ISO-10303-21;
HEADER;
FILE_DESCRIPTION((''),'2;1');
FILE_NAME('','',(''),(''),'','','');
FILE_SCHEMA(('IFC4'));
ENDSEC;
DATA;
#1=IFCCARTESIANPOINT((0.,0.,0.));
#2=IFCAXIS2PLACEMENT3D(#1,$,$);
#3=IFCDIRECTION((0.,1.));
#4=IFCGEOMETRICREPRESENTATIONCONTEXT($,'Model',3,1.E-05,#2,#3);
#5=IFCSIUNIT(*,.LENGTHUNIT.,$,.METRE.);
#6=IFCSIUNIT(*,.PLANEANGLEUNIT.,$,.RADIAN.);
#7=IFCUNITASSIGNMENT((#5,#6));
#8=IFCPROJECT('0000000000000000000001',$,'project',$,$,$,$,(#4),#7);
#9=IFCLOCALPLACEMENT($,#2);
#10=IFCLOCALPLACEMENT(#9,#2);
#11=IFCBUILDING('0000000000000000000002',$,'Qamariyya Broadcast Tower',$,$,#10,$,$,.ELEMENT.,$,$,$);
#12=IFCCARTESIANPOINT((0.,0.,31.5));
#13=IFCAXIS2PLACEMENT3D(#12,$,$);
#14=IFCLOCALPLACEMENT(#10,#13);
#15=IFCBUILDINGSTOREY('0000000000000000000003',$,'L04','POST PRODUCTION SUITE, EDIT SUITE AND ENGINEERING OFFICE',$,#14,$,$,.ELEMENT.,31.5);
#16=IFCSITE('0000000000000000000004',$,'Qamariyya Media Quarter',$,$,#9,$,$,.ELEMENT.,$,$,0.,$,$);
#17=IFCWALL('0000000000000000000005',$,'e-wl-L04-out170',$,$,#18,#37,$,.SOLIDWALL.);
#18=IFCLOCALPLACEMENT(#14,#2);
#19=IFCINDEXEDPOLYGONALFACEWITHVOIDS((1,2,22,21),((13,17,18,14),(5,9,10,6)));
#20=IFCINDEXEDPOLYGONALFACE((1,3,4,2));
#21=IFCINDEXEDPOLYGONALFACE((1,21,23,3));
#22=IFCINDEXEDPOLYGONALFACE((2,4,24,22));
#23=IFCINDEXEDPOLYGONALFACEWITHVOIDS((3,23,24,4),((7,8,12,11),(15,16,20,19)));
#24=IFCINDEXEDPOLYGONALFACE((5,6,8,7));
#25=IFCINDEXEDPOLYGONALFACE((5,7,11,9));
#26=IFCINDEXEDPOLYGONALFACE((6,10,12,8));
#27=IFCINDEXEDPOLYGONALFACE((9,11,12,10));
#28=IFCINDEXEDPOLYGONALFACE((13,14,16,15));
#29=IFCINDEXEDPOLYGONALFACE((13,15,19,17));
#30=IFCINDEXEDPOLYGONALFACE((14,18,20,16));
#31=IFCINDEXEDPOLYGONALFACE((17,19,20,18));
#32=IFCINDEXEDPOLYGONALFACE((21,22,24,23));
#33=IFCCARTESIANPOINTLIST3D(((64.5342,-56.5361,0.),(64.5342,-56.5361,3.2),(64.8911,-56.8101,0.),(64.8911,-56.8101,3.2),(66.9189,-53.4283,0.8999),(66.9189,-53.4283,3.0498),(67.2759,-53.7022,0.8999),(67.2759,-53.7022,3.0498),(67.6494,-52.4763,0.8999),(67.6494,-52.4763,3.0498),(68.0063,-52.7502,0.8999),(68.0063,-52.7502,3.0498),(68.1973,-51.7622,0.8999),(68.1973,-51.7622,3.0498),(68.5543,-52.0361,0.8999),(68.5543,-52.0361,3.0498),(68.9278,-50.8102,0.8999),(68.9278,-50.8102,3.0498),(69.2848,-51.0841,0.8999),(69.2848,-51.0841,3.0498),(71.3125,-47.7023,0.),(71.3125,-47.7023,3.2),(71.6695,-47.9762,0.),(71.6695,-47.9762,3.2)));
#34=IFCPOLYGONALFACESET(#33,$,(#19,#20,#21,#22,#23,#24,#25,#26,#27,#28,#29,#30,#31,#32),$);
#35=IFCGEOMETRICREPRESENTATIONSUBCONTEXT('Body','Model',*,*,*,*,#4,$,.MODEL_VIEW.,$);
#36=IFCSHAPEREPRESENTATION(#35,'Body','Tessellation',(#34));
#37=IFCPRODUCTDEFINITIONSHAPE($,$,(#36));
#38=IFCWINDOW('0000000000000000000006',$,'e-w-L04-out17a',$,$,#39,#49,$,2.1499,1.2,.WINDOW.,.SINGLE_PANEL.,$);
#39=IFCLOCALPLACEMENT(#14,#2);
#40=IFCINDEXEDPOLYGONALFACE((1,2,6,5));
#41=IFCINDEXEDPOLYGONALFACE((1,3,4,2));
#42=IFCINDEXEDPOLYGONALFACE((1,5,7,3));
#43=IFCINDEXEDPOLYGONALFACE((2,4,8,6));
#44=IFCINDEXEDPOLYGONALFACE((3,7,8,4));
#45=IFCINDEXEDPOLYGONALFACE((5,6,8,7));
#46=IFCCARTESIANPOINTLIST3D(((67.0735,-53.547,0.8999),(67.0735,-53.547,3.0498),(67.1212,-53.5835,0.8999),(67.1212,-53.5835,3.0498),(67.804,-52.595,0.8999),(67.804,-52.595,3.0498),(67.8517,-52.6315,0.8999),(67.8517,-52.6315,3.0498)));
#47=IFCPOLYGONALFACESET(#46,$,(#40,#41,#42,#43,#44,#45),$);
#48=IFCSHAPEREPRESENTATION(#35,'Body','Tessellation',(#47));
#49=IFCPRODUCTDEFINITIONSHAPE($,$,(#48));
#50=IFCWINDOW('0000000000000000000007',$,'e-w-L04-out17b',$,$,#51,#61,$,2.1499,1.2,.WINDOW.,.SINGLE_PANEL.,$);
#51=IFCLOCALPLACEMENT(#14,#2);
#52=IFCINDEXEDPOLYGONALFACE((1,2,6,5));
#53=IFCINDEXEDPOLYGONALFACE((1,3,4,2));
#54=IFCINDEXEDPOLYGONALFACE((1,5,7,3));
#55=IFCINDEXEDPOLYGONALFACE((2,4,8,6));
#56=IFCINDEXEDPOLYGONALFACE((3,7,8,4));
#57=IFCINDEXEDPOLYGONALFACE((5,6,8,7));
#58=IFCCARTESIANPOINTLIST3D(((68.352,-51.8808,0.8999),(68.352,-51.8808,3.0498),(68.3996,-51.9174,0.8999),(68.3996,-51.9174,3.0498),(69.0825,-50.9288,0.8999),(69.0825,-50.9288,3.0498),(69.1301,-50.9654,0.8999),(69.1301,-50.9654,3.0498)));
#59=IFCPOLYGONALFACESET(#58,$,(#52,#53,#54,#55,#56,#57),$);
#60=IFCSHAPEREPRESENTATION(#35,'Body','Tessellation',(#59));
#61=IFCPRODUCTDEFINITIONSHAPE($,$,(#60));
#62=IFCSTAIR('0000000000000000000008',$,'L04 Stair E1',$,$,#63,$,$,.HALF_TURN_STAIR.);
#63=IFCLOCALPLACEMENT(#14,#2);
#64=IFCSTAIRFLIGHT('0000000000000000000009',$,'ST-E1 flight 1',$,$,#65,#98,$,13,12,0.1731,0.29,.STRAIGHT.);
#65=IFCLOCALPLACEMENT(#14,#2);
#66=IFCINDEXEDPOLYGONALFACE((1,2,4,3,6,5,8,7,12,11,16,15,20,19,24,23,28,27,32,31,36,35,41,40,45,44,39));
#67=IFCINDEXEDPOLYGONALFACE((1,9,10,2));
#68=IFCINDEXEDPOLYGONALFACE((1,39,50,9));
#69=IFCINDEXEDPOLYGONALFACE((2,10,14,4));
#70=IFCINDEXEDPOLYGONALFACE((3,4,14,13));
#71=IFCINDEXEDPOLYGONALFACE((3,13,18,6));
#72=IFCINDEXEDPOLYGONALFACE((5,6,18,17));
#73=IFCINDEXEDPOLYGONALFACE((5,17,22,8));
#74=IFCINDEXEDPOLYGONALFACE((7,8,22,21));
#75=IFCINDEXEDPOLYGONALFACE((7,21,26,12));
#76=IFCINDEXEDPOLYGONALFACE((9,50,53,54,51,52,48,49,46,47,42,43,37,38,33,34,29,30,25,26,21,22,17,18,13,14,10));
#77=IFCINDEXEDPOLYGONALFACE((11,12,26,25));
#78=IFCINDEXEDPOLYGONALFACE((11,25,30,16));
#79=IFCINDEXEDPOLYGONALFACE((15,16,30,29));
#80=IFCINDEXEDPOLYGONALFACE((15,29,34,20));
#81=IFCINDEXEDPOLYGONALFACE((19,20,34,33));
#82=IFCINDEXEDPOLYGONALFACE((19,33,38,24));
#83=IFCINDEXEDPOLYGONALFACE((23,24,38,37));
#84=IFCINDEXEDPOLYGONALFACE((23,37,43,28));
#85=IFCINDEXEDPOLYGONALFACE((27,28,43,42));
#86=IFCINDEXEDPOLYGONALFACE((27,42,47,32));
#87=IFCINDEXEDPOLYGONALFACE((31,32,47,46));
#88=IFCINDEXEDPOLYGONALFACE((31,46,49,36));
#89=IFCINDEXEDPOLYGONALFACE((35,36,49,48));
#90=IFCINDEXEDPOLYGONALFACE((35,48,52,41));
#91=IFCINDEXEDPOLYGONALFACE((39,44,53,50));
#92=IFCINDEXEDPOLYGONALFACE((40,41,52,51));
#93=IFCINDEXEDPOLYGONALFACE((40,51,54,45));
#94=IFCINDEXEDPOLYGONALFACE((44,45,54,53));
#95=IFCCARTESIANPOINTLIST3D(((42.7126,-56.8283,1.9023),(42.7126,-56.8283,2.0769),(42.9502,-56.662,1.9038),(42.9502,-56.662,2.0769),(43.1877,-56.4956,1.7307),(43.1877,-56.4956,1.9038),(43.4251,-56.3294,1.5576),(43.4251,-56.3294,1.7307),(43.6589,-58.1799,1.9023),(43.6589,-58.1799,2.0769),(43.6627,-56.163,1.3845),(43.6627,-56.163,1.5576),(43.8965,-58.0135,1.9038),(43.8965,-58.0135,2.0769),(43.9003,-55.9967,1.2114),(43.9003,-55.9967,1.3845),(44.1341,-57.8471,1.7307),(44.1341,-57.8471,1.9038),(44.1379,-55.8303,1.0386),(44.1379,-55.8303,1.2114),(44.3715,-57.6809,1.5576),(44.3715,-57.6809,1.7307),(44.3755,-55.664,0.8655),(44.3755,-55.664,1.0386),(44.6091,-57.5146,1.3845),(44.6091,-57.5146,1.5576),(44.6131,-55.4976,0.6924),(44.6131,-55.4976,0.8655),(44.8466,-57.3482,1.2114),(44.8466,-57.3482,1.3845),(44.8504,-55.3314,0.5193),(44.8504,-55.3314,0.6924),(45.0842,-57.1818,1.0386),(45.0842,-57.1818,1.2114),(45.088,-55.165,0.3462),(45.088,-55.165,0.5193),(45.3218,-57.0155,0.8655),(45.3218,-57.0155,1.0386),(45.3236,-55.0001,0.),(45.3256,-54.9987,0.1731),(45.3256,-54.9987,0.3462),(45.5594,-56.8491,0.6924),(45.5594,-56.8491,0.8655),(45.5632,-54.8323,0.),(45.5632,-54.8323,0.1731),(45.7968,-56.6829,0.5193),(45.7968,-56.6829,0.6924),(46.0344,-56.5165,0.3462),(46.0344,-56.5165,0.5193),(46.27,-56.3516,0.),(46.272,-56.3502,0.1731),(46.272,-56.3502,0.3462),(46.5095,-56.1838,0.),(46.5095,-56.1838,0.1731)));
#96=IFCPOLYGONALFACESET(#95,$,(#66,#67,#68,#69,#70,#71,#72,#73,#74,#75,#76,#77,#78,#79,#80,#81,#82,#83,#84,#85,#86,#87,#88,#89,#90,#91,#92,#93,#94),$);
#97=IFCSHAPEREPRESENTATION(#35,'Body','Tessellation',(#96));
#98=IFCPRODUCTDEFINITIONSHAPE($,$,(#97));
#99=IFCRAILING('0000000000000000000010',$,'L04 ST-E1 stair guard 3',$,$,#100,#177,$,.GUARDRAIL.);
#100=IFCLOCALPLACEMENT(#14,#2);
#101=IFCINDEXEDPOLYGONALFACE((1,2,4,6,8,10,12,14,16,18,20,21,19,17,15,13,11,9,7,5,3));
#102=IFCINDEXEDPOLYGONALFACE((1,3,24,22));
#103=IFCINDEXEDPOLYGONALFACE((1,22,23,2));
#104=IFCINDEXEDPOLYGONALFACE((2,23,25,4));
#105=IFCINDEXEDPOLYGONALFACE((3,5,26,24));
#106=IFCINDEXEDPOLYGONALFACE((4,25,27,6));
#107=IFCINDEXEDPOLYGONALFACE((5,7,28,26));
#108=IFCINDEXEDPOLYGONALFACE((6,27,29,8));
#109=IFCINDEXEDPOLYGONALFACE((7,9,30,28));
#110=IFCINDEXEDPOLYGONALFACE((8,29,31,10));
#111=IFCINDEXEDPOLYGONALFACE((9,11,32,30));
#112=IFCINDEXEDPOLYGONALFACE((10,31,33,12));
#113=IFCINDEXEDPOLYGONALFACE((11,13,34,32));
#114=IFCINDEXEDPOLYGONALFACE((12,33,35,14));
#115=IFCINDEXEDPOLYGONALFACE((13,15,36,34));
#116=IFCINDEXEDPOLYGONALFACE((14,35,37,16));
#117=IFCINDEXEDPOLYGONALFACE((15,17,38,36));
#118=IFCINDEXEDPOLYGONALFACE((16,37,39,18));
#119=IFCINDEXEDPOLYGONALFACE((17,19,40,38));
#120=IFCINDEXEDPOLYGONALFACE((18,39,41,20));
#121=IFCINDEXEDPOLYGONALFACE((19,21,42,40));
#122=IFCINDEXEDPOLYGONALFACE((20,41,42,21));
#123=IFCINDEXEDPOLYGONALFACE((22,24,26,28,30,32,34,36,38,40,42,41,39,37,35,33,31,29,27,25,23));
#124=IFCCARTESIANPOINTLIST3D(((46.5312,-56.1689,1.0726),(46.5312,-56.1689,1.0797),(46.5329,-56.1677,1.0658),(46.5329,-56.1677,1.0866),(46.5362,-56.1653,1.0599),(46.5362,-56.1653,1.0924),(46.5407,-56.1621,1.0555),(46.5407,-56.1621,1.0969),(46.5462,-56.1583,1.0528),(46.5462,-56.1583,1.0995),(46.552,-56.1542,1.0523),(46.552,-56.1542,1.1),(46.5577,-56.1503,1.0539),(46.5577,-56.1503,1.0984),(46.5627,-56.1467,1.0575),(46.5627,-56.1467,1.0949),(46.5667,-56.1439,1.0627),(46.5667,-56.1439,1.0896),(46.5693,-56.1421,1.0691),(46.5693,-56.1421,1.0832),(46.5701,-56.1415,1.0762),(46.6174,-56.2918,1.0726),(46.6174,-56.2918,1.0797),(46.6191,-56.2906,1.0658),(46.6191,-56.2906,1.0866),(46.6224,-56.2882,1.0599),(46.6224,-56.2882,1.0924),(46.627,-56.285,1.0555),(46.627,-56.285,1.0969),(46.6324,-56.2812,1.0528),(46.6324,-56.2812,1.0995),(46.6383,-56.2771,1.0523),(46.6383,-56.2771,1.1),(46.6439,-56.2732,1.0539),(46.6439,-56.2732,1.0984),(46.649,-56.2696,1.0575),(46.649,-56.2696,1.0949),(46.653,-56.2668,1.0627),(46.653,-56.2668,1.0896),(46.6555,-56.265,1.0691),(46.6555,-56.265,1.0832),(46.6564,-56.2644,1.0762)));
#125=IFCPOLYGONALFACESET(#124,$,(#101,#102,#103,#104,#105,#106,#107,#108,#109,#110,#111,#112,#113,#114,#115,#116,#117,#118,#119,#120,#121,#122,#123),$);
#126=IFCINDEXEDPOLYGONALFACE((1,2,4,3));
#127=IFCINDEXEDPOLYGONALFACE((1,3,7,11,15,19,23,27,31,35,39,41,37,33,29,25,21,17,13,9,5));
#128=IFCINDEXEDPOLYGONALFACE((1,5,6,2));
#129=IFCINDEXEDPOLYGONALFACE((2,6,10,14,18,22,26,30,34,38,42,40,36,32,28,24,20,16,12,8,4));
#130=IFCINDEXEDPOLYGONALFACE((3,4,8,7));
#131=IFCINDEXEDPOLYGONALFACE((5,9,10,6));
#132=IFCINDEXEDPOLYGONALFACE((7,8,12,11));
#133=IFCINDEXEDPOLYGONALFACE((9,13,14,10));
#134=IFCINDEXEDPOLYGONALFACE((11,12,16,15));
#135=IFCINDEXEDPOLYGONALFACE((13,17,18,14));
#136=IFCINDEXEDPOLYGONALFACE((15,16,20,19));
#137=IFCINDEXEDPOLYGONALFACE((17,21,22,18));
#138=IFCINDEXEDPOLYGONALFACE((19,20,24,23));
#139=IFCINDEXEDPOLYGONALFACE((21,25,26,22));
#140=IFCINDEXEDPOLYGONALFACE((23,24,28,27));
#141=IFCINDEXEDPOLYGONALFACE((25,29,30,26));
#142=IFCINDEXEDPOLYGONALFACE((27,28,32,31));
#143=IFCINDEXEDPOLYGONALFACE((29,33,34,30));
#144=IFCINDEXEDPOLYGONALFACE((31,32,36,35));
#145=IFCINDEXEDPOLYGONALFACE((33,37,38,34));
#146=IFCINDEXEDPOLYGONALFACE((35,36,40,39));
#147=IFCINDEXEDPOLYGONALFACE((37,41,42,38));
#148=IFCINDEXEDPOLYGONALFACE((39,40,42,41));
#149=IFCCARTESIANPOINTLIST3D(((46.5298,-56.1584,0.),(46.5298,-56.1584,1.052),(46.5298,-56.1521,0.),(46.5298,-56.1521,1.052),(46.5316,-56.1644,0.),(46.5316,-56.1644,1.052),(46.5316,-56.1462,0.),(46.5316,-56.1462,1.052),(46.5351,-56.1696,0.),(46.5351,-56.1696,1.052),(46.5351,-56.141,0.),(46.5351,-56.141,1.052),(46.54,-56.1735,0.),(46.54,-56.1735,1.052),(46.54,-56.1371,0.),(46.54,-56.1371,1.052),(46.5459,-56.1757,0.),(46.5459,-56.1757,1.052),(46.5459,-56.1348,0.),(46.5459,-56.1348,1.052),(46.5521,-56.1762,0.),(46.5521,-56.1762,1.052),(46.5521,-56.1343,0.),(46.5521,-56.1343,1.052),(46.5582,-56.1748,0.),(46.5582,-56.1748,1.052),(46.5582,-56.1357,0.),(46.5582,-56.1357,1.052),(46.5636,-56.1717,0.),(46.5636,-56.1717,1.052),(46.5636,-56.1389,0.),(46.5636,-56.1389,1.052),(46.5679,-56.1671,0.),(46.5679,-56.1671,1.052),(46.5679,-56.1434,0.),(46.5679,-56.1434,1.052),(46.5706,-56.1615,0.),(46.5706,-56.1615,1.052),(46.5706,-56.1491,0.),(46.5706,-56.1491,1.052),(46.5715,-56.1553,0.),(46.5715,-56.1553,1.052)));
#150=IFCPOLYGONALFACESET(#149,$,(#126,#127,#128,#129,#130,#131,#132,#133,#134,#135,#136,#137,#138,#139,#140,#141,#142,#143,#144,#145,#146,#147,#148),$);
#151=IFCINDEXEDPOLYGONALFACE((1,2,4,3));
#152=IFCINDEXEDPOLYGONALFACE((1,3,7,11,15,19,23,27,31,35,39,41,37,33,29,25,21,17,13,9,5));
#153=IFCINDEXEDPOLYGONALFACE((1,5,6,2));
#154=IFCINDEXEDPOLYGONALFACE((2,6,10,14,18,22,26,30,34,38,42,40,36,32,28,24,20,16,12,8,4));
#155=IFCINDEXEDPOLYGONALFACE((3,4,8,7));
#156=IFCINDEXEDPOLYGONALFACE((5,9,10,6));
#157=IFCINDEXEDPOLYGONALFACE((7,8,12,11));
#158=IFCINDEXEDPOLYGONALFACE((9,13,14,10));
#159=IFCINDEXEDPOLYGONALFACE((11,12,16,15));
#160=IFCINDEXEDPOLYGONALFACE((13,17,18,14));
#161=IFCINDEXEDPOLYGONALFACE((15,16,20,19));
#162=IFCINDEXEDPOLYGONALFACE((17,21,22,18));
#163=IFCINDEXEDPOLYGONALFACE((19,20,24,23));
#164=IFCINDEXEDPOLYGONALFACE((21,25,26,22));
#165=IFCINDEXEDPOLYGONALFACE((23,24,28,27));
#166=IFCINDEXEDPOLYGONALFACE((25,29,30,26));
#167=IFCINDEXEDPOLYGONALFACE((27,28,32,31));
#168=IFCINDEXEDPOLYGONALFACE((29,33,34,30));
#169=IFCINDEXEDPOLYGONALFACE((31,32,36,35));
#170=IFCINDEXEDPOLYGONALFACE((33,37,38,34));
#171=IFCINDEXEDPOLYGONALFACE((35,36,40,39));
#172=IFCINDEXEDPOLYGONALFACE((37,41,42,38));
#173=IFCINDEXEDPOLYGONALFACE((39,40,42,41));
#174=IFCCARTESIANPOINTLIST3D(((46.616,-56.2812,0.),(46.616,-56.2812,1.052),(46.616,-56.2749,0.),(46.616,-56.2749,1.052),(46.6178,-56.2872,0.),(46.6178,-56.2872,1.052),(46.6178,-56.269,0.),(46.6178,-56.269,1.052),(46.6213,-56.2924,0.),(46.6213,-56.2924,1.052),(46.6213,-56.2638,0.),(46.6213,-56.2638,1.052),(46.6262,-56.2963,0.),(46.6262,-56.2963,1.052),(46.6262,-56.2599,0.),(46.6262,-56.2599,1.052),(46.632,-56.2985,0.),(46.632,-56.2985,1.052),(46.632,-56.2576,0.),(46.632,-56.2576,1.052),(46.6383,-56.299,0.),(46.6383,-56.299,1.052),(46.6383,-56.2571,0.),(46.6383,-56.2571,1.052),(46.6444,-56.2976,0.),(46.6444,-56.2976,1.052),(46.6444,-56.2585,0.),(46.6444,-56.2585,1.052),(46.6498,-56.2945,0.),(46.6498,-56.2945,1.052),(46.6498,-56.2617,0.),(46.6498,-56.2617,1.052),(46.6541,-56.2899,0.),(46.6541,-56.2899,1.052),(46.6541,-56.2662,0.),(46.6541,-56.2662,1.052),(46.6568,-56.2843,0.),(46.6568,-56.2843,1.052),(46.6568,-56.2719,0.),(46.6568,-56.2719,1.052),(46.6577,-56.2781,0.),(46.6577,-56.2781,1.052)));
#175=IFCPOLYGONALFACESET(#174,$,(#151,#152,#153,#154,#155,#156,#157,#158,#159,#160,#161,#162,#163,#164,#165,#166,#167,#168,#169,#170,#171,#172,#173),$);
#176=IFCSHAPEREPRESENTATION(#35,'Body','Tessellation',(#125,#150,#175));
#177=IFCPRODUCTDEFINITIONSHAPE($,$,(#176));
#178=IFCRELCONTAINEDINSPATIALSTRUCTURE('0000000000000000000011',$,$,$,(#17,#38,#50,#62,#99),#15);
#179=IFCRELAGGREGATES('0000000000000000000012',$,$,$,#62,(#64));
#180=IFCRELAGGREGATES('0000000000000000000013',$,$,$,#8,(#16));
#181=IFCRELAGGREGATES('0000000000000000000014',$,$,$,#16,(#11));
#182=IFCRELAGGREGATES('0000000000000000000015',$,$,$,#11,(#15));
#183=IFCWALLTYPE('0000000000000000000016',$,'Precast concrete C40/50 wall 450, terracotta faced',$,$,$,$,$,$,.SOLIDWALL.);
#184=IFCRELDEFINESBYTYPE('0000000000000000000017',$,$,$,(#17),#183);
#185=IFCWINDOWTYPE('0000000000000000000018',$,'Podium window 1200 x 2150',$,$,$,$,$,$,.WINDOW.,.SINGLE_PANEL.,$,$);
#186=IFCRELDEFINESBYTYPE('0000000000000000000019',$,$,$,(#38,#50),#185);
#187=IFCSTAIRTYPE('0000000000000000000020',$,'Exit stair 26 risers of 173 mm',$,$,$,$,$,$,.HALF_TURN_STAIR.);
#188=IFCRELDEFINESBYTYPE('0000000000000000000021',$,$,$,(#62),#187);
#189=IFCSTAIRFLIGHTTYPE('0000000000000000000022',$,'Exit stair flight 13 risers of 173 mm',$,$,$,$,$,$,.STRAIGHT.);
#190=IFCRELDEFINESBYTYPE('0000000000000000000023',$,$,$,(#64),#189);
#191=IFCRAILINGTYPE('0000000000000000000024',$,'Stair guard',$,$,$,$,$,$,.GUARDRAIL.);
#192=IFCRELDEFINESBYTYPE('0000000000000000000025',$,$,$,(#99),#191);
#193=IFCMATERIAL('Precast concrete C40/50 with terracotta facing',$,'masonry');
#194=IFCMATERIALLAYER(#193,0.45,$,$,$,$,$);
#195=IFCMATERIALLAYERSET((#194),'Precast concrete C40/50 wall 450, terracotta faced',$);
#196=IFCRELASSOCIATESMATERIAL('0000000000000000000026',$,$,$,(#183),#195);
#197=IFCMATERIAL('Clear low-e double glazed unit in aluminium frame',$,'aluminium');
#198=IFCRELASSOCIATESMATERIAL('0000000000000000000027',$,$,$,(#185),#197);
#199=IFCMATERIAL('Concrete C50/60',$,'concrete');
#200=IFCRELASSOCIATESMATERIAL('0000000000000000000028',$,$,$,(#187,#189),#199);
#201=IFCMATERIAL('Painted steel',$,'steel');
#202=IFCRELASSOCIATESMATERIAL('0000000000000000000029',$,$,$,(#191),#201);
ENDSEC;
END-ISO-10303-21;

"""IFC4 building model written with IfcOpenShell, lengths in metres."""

from ifc_helpers import new_model, si_unit, direction, frame, frame_2d, origin, origin_2d, place, context, subcontext, project, spatial, polyline, rectangle, circle, outline, extrude, material, layer, layer_set, type_object, element, fill, aggregate, save


model = new_model("IFC4")

# Units and contexts
model_context = context("Model", 3, precision=1e-05, world=origin(), true_north=direction((0.0, 1.0)))
body_context = subcontext(model_context, "Body", "Model", "MODEL_VIEW")
ifc_project = project(units=[si_unit("LENGTHUNIT", "METRE"), si_unit("PLANEANGLEUNIT", "RADIAN")], contexts=[model_context])

# Site, building, storey
site_placement = place(None, origin())
site = spatial("IfcSite", under=ifc_project, at=site_placement, Name="Qamariyya Media Quarter", CompositionType="ELEMENT", RefElevation=0.0)
building_placement = place(site_placement, origin())
building = spatial("IfcBuilding", under=site, at=building_placement, Name="Qamariyya Broadcast Tower", CompositionType="ELEMENT")
storey_placement = place(building_placement, frame((0.0, 0.0, 31.5)))
storey = spatial("IfcBuildingStorey", under=building, at=storey_placement, Name="L04", Description="POST PRODUCTION SUITE, EDIT SUITE AND ENGINEERING OFFICE", CompositionType="ELEMENT", Elevation=31.5)

# Shared definitions
ifc_material_1 = material(Name="Concrete C50/60", Category="concrete")

# Wall, openings, windows
ifc_material_2 = material(Name="Precast concrete C40/50 with terracotta facing", Category="masonry")
ifc_layer_1 = layer(ifc_material_2, 0.45)
ifc_layer_set_1 = layer_set([ifc_layer_1], Name="Precast concrete C40/50 wall 450, terracotta faced")
wall_type_1 = type_object("IfcWallType", Name="Precast concrete C40/50 wall 450, terracotta faced", PredefinedType="SOLIDWALL", material=ifc_layer_set_1)
wall_1_placement = place(storey_placement, frame((64.7126, -56.6731, 0.0), z_axis=(0.0, 0.0, 1.0), x_axis=(0.608759, 0.793355, 0.0)))
wall_1 = element("IfcWall", 1, at=wall_1_placement, inside=storey, type_object=wall_type_1, Name="e-wl-L04-out170", PredefinedType="SOLIDWALL", context=body_context, shape_type="SweptSolid", body=[
    extrude(rectangle(XDim=11.1348, YDim=0.45, at=frame_2d((5.5674, 0.0))), origin(), (0.0, 0.0, 1.0), 3.2),
])
opening_1_placement = place(wall_1_placement, frame((3.9172, 0.0, 0.8999)))
opening_1 = element("IfcOpeningElement", 2, at=opening_1_placement, cuts=wall_1, PredefinedType="OPENING", context=body_context, shape_type="SweptSolid", body=[
    extrude(rectangle(XDim=1.2, YDim=2.1499, at=frame_2d((0.6001, 1.075))), frame((0.0, 0.2349, 0.0), z_axis=(0.0, -1.0, 0.0), x_axis=(1.0, 0.0, 0.0)), (0.0, 0.0, 1.0), 0.47),
])
opening_2_placement = place(wall_1_placement, frame((6.0173, 0.0, 0.8999)))
opening_2 = element("IfcOpeningElement", 3, at=opening_2_placement, cuts=wall_1, PredefinedType="OPENING", context=body_context, shape_type="SweptSolid", body=[
    extrude(rectangle(XDim=1.2, YDim=2.1499, at=frame_2d((0.6001, 1.075))), frame((0.0, 0.2349, 0.0), z_axis=(0.0, -1.0, 0.0), x_axis=(1.0, 0.0, 0.0)), (0.0, 0.0, 1.0), 0.47),
])
ifc_material_3 = material(Name="Clear low-e double glazed unit in aluminium frame", Category="aluminium")
window_type = type_object("IfcWindowType", Name="Podium window 1200 x 2150", PartitioningType="SINGLE_PANEL", PredefinedType="WINDOW", material=ifc_material_3)
window_1_placement = place(opening_1_placement, origin())
window_1 = element("IfcWindow", 4, at=window_1_placement, inside=storey, type_object=window_type, Name="e-w-L04-out17a", OverallHeight=2.1499, OverallWidth=1.2, PartitioningType="SINGLE_PANEL", PredefinedType="WINDOW", context=body_context, shape_type="SweptSolid", body=[
    extrude(rectangle(XDim=1.2, YDim=2.1499, at=frame_2d((0.6001, 1.075))), frame((0.0, 0.03, 0.0), z_axis=(0.0, -1.0, 0.0), x_axis=(1.0, 0.0, 0.0)), (0.0, 0.0, 1.0), 0.0601),
])
fill(opening_1, window_1)
window_2_placement = place(opening_2_placement, origin())
window_2 = element("IfcWindow", 5, at=window_2_placement, inside=storey, type_object=window_type, Name="e-w-L04-out17b", OverallHeight=2.1499, OverallWidth=1.2, PartitioningType="SINGLE_PANEL", PredefinedType="WINDOW", context=body_context, shape_type="SweptSolid", body=[
    extrude(rectangle(XDim=1.2, YDim=2.1499, at=frame_2d((0.6001, 1.075))), frame((0.0, 0.03, 0.0), z_axis=(0.0, -1.0, 0.0), x_axis=(1.0, 0.0, 0.0)), (0.0, 0.0, 1.0), 0.0601),
])
fill(opening_2, window_2)

# Stair, stair flight
stair_type = type_object("IfcStairType", Name="Exit stair 26 risers of 173 mm", PredefinedType="HALF_TURN_STAIR", material=ifc_material_1)
stair_placement = place(storey_placement, origin())
stair = element("IfcStair", 6, at=stair_placement, inside=storey, type_object=stair_type, Name="L04 Stair E1", PredefinedType="HALF_TURN_STAIR")
stair_flight_type = type_object("IfcStairFlightType", Name="Exit stair flight 13 risers of 173 mm", PredefinedType="STRAIGHT", material=ifc_material_1)
stair_flight_placement = place(storey_placement, frame((46.0364, -55.5081, 0.0), z_axis=(0.0, 0.0, 1.0), x_axis=(-0.819152, -0.573576, 0.0)))
stair_flight = element("IfcStairFlight", 7, at=stair_flight_placement, type_object=stair_flight_type, Name="ST-E1 flight 1", NumberOfRisers=13, NumberOfTreads=12, PredefinedType="STRAIGHT", RiserHeight=0.1731, TreadLength=0.29, context=body_context, shape_type="SweptSolid", body=[
    extrude(outline(polyline([(0.0, 0.0), (0.0, 0.1731), (0.29, 0.1731), (0.29, 0.3462), (0.5801, 0.3462), (0.5801, 0.5193), (0.8701, 0.5193), (0.8701, 0.6924), (1.1599, 0.6924), (1.1599, 0.8655), (1.45, 0.8655), (1.45, 1.0386), (1.74, 1.0386), (1.74, 1.2114), (2.03, 1.2114), (2.03, 1.3845), (2.3201, 1.3845), (2.3201, 1.5576), (2.6101, 1.5576), (2.6101, 1.7307), (2.8999, 1.7307), (2.8999, 1.9038), (3.1899, 1.9038), (3.1899, 2.0769), (3.48, 2.0769), (3.48, 2.25), (3.48, 1.9023), (0.2925, 0.0), (0.0, 0.0)])), frame((0.0, 0.825, 0.0), z_axis=(0.0, -1.0, 0.0), x_axis=(1.0, 0.0, 0.0)), (0.0, 0.0, 1.0), 1.6499),
])
aggregate(stair, [stair_flight])

# Railing
ifc_material_4 = material(Name="Painted steel", Category="steel")
railing_type_1 = type_object("IfcRailingType", Name="Stair guard", PredefinedType="GUARDRAIL", material=ifc_material_4)
railing_1_placement = place(storey_placement, frame((46.5505, -56.1553, 0.0)))
element("IfcRailing", 8, at=railing_1_placement, inside=storey, type_object=railing_type_1, Name="L04 ST-E1 stair guard 3", PredefinedType="GUARDRAIL", context=body_context, shape_type="SweptSolid", body=[
    extrude(circle(Radius=0.0239, at=origin_2d()), frame((0.0, 0.0, 1.0762), z_axis=(0.574445, -0.818543, 0.0), x_axis=(0.818543, 0.574445, 0.0)), (0.0, 0.0, 1.0), 0.1501),
    extrude(circle(Radius=0.021, at=origin_2d()), origin(), (0.0, 0.0, 1.0), 1.052),
    extrude(circle(Radius=0.021, at=origin_2d()), frame((0.0862, -0.1228, 0.0)), (0.0, 0.0, 1.0), 1.052),
])

save(model, "model.ifc")
